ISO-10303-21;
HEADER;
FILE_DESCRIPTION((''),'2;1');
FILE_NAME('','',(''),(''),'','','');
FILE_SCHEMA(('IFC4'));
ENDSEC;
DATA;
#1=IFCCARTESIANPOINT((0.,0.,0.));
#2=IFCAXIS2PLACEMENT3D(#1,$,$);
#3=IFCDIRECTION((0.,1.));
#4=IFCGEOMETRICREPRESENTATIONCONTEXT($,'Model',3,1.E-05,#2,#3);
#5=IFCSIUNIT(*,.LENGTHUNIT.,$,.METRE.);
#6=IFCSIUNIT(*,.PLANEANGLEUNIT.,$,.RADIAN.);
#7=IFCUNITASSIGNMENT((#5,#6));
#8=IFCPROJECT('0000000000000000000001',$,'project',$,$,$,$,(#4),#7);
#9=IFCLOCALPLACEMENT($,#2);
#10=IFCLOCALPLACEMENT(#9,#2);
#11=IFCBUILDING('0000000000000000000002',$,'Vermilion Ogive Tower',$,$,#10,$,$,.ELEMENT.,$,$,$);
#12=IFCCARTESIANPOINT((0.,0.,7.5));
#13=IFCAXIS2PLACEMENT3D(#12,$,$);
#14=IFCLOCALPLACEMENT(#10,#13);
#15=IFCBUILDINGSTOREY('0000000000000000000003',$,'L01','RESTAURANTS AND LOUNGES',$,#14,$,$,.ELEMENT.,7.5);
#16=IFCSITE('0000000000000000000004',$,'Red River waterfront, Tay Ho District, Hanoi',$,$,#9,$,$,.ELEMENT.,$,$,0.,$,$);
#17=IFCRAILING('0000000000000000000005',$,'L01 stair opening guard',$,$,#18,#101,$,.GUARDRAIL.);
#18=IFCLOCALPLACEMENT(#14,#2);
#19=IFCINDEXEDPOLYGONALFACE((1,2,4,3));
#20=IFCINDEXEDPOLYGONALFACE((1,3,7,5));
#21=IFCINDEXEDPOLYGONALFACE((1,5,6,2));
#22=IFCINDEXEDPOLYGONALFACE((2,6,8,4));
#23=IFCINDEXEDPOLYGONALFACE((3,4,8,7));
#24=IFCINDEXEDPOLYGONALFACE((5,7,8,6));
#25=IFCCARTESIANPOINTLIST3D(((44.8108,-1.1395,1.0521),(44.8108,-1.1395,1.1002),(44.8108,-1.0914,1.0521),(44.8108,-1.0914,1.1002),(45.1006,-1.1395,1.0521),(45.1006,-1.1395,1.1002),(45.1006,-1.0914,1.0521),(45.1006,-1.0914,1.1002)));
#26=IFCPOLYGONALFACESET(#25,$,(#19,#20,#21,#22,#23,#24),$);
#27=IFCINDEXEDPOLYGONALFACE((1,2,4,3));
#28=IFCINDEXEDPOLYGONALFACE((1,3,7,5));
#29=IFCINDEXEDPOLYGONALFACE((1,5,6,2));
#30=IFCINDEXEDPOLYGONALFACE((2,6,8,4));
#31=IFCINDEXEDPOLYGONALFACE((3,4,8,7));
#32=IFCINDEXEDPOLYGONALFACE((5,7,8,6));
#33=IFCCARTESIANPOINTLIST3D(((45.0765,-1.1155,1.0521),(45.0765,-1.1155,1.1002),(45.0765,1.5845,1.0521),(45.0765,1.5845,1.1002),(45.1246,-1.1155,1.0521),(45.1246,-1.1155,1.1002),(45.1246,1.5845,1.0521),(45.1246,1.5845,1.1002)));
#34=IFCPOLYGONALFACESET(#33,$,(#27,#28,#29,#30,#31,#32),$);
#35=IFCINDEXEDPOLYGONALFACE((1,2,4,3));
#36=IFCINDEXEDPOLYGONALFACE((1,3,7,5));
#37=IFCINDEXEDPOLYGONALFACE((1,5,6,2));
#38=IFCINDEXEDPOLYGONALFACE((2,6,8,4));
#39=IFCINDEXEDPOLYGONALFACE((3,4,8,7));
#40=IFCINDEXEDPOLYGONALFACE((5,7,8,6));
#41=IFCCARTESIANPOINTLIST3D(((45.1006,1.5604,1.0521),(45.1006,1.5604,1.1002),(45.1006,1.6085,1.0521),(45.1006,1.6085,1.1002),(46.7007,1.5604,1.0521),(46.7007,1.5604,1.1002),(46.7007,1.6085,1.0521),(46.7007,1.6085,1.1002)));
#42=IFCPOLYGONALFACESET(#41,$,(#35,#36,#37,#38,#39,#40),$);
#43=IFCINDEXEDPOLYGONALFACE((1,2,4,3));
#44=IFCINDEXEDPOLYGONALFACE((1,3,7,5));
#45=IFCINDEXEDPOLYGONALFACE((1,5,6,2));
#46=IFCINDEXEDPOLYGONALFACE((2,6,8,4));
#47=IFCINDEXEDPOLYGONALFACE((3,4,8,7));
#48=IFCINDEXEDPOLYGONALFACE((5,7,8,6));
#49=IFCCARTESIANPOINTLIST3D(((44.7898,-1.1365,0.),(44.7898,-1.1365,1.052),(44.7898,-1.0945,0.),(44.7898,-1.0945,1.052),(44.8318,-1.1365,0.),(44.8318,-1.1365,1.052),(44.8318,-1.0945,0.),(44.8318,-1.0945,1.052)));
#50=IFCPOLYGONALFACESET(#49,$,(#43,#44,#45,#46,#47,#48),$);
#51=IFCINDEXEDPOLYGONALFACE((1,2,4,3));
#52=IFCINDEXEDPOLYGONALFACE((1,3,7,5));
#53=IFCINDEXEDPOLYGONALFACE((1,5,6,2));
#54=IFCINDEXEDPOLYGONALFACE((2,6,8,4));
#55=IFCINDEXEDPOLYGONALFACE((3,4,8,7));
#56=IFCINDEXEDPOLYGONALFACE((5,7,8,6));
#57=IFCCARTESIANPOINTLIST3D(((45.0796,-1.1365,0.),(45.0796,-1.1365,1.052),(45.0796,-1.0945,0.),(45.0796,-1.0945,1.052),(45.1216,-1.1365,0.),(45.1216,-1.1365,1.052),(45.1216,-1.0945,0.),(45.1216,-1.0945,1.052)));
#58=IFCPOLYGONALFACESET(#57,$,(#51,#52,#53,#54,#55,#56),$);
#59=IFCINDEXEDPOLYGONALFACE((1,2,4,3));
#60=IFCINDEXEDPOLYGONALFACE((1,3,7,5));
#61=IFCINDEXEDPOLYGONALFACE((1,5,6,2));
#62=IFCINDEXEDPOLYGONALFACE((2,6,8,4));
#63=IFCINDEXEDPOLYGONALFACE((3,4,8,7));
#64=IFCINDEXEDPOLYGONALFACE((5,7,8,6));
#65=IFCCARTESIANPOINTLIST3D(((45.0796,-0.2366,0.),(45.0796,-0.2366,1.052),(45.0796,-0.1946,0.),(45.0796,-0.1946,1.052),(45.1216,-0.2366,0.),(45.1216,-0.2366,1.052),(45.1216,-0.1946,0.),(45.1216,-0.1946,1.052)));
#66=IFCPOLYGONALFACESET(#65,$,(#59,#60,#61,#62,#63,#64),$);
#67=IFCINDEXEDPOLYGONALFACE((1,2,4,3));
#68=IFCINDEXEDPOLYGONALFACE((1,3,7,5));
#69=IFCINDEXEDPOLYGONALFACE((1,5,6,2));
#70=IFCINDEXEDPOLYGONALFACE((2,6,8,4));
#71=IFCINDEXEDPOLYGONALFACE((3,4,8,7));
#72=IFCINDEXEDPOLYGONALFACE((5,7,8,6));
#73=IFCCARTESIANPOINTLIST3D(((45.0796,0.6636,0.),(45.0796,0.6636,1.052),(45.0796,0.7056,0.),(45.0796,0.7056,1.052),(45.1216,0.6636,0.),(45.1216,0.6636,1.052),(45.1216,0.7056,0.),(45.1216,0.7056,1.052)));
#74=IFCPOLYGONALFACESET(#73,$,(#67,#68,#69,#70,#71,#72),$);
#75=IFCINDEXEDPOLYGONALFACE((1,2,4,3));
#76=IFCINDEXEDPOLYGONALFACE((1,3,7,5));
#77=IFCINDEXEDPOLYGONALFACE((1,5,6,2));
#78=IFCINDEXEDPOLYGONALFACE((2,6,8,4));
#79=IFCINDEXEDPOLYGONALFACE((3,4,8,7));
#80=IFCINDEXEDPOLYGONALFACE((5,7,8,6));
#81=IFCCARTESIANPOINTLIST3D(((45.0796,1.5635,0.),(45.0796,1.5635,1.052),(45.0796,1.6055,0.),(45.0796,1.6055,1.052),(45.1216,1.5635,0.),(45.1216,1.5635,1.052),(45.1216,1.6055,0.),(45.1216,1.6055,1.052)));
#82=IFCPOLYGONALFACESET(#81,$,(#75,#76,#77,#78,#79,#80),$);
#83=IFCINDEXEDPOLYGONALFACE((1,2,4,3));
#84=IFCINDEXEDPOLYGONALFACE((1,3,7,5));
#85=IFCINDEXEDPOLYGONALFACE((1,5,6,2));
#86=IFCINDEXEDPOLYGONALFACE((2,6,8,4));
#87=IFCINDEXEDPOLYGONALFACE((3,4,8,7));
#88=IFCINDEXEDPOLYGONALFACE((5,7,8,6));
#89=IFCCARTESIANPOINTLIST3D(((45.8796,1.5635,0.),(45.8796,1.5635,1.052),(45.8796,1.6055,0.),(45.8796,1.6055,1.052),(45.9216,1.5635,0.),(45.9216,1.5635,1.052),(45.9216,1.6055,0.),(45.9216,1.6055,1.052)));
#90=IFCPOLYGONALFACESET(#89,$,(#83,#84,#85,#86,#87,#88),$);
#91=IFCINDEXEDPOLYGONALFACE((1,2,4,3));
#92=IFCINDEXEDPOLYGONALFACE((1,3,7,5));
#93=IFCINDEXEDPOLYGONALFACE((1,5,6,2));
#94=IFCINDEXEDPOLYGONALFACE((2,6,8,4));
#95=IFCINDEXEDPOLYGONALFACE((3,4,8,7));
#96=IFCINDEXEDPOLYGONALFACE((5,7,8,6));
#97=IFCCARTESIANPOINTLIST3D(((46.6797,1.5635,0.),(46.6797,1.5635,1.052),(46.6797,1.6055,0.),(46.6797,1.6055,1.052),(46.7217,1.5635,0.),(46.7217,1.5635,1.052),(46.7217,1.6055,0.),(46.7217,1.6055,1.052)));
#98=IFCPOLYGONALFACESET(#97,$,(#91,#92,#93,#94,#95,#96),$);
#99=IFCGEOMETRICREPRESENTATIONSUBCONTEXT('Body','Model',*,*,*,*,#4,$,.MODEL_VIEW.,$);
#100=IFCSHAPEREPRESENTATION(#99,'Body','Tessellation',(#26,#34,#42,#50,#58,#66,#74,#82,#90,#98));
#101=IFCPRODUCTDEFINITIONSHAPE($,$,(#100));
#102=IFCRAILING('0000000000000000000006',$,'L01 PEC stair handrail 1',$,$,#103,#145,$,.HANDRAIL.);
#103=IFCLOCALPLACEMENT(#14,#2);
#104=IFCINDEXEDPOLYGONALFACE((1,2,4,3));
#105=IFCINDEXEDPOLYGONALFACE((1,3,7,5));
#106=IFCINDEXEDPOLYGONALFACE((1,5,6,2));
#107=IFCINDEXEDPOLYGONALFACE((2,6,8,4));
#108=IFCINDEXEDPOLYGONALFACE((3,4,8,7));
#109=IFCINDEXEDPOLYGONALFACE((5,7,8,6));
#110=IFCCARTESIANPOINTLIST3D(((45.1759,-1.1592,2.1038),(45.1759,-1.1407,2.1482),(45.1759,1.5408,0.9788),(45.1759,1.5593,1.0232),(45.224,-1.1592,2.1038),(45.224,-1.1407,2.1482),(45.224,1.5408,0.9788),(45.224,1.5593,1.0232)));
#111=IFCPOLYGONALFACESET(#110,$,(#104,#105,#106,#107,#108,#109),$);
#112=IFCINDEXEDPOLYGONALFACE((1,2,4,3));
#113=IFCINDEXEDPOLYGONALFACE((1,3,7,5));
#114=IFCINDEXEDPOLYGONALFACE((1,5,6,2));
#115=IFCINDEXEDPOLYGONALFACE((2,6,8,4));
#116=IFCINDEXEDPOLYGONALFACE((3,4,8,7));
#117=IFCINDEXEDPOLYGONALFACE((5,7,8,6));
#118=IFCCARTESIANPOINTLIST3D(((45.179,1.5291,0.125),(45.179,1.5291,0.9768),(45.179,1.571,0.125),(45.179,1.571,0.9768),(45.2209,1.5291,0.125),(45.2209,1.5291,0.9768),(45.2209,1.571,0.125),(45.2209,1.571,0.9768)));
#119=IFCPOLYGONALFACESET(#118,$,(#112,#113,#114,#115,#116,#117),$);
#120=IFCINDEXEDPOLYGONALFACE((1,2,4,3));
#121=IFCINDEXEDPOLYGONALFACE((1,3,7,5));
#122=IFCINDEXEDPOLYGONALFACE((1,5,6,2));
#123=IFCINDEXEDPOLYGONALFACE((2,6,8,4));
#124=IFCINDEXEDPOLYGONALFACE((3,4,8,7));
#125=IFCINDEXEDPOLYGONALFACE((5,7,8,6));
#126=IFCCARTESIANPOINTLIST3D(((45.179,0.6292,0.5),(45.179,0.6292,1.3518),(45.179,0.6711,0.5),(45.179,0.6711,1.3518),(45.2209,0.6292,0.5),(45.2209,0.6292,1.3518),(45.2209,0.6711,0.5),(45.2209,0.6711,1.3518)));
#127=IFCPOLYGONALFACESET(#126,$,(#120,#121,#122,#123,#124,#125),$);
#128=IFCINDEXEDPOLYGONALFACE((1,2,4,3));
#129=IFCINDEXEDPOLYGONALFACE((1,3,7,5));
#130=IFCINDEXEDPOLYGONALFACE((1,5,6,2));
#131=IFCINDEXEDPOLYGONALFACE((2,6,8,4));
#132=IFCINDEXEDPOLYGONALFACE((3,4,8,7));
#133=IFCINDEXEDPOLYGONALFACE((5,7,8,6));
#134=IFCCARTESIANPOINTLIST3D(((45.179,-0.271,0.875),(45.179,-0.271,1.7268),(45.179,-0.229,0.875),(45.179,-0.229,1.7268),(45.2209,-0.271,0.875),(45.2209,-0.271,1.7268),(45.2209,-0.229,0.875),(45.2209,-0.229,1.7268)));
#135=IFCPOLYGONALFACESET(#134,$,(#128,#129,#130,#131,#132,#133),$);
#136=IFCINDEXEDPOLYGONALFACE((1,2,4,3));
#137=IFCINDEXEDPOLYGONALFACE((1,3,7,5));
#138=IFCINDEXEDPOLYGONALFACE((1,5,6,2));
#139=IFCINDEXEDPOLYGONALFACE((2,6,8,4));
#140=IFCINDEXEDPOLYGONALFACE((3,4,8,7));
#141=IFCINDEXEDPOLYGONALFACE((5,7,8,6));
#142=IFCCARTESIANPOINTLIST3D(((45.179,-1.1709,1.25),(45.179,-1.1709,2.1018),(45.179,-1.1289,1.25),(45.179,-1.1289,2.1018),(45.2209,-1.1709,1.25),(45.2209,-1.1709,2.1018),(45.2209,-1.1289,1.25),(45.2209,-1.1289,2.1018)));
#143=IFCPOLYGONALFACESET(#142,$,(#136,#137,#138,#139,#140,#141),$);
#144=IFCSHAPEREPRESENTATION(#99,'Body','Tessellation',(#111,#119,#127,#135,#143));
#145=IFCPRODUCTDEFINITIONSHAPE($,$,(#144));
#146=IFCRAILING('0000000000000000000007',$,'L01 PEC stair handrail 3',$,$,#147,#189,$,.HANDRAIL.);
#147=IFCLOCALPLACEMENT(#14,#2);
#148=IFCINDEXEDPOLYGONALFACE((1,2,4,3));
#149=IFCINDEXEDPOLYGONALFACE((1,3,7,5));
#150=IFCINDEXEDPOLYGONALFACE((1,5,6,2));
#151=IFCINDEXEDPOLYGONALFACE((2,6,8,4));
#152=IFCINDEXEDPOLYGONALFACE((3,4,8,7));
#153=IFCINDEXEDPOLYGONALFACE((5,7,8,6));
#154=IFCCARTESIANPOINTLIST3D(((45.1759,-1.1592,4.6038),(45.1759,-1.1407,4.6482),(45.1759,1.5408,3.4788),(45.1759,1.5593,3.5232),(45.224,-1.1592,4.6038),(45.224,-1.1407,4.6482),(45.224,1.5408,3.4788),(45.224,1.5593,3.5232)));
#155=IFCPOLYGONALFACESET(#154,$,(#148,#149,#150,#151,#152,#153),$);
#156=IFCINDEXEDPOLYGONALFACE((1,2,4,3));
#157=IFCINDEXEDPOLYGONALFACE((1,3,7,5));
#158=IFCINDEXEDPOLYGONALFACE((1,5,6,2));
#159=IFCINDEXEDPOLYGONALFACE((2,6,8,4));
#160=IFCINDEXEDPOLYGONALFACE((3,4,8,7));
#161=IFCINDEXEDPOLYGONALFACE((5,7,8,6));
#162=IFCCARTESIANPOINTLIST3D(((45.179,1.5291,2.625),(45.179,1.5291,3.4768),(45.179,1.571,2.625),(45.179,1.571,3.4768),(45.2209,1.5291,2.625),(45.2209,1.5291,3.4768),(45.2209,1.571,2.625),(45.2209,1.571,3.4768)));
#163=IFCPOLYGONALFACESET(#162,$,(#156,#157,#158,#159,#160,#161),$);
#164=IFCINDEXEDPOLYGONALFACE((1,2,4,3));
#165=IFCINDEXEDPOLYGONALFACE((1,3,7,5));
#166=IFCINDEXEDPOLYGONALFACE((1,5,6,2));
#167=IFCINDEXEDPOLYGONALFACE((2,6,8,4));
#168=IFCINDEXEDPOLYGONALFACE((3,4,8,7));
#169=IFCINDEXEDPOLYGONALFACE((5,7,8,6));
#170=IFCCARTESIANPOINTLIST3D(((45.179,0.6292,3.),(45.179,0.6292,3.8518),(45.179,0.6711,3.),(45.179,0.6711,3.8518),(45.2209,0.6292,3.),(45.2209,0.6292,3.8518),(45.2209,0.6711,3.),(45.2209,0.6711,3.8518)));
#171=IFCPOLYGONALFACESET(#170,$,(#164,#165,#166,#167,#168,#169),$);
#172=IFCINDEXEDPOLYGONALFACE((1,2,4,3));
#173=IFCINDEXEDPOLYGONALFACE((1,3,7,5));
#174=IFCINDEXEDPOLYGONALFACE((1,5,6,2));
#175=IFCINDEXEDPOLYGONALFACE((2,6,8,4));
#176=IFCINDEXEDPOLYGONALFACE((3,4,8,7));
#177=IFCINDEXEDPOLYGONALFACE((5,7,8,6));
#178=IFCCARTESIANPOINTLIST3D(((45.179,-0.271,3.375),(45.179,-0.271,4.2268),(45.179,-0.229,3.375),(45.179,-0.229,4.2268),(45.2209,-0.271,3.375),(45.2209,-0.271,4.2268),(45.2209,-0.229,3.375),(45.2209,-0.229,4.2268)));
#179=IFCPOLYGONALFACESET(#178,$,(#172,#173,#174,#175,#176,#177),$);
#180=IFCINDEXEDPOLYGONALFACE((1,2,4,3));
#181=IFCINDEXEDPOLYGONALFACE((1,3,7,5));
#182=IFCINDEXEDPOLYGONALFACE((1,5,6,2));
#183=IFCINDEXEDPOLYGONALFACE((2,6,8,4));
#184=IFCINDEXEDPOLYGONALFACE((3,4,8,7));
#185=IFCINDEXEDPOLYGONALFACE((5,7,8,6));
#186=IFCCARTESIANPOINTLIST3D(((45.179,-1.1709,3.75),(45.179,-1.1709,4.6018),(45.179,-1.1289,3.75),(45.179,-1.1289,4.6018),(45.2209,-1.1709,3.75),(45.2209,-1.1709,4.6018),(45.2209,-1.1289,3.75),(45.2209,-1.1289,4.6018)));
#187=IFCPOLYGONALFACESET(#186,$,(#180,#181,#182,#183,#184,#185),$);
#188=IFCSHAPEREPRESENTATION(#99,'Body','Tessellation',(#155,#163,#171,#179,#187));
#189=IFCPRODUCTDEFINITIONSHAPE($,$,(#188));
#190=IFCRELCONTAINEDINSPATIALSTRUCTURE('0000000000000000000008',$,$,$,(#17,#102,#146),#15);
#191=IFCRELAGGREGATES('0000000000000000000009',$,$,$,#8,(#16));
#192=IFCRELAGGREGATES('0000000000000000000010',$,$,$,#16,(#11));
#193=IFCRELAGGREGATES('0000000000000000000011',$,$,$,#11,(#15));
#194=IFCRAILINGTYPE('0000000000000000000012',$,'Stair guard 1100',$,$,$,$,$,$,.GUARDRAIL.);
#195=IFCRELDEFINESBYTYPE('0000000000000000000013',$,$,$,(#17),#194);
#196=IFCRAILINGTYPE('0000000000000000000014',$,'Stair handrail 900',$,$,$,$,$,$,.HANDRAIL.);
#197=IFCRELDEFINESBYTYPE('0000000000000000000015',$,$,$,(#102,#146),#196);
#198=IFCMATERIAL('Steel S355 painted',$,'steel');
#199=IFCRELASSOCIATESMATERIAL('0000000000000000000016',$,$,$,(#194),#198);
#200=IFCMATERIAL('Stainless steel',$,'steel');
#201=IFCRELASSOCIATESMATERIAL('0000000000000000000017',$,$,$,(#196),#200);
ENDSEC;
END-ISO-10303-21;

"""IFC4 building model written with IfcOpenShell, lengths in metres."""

from ifc_helpers import new_model, si_unit, direction, frame, origin, origin_2d, place, context, subcontext, project, spatial, rectangle, extrude, material, type_object, element, save


model = new_model("IFC4")

# Units and contexts
model_context = context("Model", 3, precision=1e-05, world=origin(), true_north=direction((0.0, 1.0)))
body_context = subcontext(model_context, "Body", "Model", "MODEL_VIEW")
ifc_project = project(units=[si_unit("LENGTHUNIT", "METRE"), si_unit("PLANEANGLEUNIT", "RADIAN")], contexts=[model_context])

# Site, building, storey
site_placement = place(None, origin())
site = spatial("IfcSite", under=ifc_project, at=site_placement, Name="Red River waterfront, Tay Ho District, Hanoi", CompositionType="ELEMENT", RefElevation=0.0)
building_placement = place(site_placement, origin())
building = spatial("IfcBuilding", under=site, at=building_placement, Name="Vermilion Ogive Tower", CompositionType="ELEMENT")
storey_placement = place(building_placement, frame((0.0, 0.0, 7.5)))
storey = spatial("IfcBuildingStorey", under=building, at=storey_placement, Name="L01", Description="RESTAURANTS AND LOUNGES", CompositionType="ELEMENT", Elevation=7.5)

# Railings
ifc_material_1 = material(Name="Steel S355 painted", Category="steel")
railing_type_1 = type_object("IfcRailingType", Name="Stair guard 1100", PredefinedType="GUARDRAIL", material=ifc_material_1)
railing_1_placement = place(storey_placement, frame((44.8108, -1.1155, 0.0)))
element("IfcRailing", 1, at=railing_1_placement, inside=storey, type_object=railing_type_1, Name="L01 stair opening guard", PredefinedType="GUARDRAIL", context=body_context, shape_type="SweptSolid", body=[
    extrude(rectangle(XDim=0.0481, YDim=0.0481, at=origin_2d()), frame((0.0, 0.0, 1.0762), z_axis=(1.0, 0.0, 0.0), x_axis=(0.0, 1.0, 0.0)), (0.0, 0.0, 1.0), 0.2898),
    extrude(rectangle(XDim=0.0481, YDim=0.0481, at=origin_2d()), frame((0.2898, 0.0, 1.0762), z_axis=(0.0, 1.0, 0.0), x_axis=(-1.0, 0.0, 0.0)), (0.0, 0.0, 1.0), 2.7),
    extrude(rectangle(XDim=0.0481, YDim=0.0481, at=origin_2d()), frame((0.2898, 2.7, 1.0762), z_axis=(1.0, 0.0, 0.0), x_axis=(0.0, 1.0, 0.0)), (0.0, 0.0, 1.0), 1.6001),
    extrude(rectangle(XDim=0.042, YDim=0.042, at=origin_2d()), origin(), (0.0, 0.0, 1.0), 1.052),
    extrude(rectangle(XDim=0.042, YDim=0.042, at=origin_2d()), frame((0.2898, 0.0, 0.0)), (0.0, 0.0, 1.0), 1.052),
    extrude(rectangle(XDim=0.042, YDim=0.042, at=origin_2d()), frame((0.2898, 0.8999, 0.0)), (0.0, 0.0, 1.0), 1.052),
    extrude(rectangle(XDim=0.042, YDim=0.042, at=origin_2d()), frame((0.2898, 1.8, 0.0)), (0.0, 0.0, 1.0), 1.052),
    extrude(rectangle(XDim=0.042, YDim=0.042, at=origin_2d()), frame((0.2898, 2.7, 0.0)), (0.0, 0.0, 1.0), 1.052),
    extrude(rectangle(XDim=0.042, YDim=0.042, at=origin_2d()), frame((1.0898, 2.7, 0.0)), (0.0, 0.0, 1.0), 1.052),
    extrude(rectangle(XDim=0.042, YDim=0.042, at=origin_2d()), frame((1.8899, 2.7, 0.0)), (0.0, 0.0, 1.0), 1.052),
])
ifc_material_2 = material(Name="Stainless steel", Category="steel")
railing_type_2 = type_object("IfcRailingType", Name="Stair handrail 900", PredefinedType="HANDRAIL", material=ifc_material_2)
for number, where, name in (
    (2, (45.2, 1.55, 0.125), "L01 PEC stair handrail 1"),
    (3, (45.2, 1.55, 2.625), "L01 PEC stair handrail 3"),
):
    element("IfcRailing", number, at=place(storey_placement, frame(where)), inside=storey, type_object=railing_type_2, Name=name, PredefinedType="HANDRAIL", context=body_context, shape_type="SweptSolid", body=[
        extrude(rectangle(XDim=0.0481, YDim=0.0481, at=origin_2d()), frame((0.0, 0.0, 0.876), z_axis=(0.0, -0.923074, 0.384621), x_axis=(1.0, 0.0, 0.0)), (0.0, 0.0, 1.0), 2.925),
        extrude(rectangle(XDim=0.042, YDim=0.042, at=origin_2d()), origin(), (0.0, 0.0, 1.0), 0.8518),
        extrude(rectangle(XDim=0.042, YDim=0.042, at=origin_2d()), frame((0.0, -0.8999, 0.375)), (0.0, 0.0, 1.0), 0.8518),
        extrude(rectangle(XDim=0.042, YDim=0.042, at=origin_2d()), frame((0.0, -1.8, 0.75)), (0.0, 0.0, 1.0), 0.8518),
        extrude(rectangle(XDim=0.042, YDim=0.042, at=origin_2d()), frame((0.0, -2.7, 1.125)), (0.0, 0.0, 1.0), 0.8518),
    ])

save(model, "model.ifc")
